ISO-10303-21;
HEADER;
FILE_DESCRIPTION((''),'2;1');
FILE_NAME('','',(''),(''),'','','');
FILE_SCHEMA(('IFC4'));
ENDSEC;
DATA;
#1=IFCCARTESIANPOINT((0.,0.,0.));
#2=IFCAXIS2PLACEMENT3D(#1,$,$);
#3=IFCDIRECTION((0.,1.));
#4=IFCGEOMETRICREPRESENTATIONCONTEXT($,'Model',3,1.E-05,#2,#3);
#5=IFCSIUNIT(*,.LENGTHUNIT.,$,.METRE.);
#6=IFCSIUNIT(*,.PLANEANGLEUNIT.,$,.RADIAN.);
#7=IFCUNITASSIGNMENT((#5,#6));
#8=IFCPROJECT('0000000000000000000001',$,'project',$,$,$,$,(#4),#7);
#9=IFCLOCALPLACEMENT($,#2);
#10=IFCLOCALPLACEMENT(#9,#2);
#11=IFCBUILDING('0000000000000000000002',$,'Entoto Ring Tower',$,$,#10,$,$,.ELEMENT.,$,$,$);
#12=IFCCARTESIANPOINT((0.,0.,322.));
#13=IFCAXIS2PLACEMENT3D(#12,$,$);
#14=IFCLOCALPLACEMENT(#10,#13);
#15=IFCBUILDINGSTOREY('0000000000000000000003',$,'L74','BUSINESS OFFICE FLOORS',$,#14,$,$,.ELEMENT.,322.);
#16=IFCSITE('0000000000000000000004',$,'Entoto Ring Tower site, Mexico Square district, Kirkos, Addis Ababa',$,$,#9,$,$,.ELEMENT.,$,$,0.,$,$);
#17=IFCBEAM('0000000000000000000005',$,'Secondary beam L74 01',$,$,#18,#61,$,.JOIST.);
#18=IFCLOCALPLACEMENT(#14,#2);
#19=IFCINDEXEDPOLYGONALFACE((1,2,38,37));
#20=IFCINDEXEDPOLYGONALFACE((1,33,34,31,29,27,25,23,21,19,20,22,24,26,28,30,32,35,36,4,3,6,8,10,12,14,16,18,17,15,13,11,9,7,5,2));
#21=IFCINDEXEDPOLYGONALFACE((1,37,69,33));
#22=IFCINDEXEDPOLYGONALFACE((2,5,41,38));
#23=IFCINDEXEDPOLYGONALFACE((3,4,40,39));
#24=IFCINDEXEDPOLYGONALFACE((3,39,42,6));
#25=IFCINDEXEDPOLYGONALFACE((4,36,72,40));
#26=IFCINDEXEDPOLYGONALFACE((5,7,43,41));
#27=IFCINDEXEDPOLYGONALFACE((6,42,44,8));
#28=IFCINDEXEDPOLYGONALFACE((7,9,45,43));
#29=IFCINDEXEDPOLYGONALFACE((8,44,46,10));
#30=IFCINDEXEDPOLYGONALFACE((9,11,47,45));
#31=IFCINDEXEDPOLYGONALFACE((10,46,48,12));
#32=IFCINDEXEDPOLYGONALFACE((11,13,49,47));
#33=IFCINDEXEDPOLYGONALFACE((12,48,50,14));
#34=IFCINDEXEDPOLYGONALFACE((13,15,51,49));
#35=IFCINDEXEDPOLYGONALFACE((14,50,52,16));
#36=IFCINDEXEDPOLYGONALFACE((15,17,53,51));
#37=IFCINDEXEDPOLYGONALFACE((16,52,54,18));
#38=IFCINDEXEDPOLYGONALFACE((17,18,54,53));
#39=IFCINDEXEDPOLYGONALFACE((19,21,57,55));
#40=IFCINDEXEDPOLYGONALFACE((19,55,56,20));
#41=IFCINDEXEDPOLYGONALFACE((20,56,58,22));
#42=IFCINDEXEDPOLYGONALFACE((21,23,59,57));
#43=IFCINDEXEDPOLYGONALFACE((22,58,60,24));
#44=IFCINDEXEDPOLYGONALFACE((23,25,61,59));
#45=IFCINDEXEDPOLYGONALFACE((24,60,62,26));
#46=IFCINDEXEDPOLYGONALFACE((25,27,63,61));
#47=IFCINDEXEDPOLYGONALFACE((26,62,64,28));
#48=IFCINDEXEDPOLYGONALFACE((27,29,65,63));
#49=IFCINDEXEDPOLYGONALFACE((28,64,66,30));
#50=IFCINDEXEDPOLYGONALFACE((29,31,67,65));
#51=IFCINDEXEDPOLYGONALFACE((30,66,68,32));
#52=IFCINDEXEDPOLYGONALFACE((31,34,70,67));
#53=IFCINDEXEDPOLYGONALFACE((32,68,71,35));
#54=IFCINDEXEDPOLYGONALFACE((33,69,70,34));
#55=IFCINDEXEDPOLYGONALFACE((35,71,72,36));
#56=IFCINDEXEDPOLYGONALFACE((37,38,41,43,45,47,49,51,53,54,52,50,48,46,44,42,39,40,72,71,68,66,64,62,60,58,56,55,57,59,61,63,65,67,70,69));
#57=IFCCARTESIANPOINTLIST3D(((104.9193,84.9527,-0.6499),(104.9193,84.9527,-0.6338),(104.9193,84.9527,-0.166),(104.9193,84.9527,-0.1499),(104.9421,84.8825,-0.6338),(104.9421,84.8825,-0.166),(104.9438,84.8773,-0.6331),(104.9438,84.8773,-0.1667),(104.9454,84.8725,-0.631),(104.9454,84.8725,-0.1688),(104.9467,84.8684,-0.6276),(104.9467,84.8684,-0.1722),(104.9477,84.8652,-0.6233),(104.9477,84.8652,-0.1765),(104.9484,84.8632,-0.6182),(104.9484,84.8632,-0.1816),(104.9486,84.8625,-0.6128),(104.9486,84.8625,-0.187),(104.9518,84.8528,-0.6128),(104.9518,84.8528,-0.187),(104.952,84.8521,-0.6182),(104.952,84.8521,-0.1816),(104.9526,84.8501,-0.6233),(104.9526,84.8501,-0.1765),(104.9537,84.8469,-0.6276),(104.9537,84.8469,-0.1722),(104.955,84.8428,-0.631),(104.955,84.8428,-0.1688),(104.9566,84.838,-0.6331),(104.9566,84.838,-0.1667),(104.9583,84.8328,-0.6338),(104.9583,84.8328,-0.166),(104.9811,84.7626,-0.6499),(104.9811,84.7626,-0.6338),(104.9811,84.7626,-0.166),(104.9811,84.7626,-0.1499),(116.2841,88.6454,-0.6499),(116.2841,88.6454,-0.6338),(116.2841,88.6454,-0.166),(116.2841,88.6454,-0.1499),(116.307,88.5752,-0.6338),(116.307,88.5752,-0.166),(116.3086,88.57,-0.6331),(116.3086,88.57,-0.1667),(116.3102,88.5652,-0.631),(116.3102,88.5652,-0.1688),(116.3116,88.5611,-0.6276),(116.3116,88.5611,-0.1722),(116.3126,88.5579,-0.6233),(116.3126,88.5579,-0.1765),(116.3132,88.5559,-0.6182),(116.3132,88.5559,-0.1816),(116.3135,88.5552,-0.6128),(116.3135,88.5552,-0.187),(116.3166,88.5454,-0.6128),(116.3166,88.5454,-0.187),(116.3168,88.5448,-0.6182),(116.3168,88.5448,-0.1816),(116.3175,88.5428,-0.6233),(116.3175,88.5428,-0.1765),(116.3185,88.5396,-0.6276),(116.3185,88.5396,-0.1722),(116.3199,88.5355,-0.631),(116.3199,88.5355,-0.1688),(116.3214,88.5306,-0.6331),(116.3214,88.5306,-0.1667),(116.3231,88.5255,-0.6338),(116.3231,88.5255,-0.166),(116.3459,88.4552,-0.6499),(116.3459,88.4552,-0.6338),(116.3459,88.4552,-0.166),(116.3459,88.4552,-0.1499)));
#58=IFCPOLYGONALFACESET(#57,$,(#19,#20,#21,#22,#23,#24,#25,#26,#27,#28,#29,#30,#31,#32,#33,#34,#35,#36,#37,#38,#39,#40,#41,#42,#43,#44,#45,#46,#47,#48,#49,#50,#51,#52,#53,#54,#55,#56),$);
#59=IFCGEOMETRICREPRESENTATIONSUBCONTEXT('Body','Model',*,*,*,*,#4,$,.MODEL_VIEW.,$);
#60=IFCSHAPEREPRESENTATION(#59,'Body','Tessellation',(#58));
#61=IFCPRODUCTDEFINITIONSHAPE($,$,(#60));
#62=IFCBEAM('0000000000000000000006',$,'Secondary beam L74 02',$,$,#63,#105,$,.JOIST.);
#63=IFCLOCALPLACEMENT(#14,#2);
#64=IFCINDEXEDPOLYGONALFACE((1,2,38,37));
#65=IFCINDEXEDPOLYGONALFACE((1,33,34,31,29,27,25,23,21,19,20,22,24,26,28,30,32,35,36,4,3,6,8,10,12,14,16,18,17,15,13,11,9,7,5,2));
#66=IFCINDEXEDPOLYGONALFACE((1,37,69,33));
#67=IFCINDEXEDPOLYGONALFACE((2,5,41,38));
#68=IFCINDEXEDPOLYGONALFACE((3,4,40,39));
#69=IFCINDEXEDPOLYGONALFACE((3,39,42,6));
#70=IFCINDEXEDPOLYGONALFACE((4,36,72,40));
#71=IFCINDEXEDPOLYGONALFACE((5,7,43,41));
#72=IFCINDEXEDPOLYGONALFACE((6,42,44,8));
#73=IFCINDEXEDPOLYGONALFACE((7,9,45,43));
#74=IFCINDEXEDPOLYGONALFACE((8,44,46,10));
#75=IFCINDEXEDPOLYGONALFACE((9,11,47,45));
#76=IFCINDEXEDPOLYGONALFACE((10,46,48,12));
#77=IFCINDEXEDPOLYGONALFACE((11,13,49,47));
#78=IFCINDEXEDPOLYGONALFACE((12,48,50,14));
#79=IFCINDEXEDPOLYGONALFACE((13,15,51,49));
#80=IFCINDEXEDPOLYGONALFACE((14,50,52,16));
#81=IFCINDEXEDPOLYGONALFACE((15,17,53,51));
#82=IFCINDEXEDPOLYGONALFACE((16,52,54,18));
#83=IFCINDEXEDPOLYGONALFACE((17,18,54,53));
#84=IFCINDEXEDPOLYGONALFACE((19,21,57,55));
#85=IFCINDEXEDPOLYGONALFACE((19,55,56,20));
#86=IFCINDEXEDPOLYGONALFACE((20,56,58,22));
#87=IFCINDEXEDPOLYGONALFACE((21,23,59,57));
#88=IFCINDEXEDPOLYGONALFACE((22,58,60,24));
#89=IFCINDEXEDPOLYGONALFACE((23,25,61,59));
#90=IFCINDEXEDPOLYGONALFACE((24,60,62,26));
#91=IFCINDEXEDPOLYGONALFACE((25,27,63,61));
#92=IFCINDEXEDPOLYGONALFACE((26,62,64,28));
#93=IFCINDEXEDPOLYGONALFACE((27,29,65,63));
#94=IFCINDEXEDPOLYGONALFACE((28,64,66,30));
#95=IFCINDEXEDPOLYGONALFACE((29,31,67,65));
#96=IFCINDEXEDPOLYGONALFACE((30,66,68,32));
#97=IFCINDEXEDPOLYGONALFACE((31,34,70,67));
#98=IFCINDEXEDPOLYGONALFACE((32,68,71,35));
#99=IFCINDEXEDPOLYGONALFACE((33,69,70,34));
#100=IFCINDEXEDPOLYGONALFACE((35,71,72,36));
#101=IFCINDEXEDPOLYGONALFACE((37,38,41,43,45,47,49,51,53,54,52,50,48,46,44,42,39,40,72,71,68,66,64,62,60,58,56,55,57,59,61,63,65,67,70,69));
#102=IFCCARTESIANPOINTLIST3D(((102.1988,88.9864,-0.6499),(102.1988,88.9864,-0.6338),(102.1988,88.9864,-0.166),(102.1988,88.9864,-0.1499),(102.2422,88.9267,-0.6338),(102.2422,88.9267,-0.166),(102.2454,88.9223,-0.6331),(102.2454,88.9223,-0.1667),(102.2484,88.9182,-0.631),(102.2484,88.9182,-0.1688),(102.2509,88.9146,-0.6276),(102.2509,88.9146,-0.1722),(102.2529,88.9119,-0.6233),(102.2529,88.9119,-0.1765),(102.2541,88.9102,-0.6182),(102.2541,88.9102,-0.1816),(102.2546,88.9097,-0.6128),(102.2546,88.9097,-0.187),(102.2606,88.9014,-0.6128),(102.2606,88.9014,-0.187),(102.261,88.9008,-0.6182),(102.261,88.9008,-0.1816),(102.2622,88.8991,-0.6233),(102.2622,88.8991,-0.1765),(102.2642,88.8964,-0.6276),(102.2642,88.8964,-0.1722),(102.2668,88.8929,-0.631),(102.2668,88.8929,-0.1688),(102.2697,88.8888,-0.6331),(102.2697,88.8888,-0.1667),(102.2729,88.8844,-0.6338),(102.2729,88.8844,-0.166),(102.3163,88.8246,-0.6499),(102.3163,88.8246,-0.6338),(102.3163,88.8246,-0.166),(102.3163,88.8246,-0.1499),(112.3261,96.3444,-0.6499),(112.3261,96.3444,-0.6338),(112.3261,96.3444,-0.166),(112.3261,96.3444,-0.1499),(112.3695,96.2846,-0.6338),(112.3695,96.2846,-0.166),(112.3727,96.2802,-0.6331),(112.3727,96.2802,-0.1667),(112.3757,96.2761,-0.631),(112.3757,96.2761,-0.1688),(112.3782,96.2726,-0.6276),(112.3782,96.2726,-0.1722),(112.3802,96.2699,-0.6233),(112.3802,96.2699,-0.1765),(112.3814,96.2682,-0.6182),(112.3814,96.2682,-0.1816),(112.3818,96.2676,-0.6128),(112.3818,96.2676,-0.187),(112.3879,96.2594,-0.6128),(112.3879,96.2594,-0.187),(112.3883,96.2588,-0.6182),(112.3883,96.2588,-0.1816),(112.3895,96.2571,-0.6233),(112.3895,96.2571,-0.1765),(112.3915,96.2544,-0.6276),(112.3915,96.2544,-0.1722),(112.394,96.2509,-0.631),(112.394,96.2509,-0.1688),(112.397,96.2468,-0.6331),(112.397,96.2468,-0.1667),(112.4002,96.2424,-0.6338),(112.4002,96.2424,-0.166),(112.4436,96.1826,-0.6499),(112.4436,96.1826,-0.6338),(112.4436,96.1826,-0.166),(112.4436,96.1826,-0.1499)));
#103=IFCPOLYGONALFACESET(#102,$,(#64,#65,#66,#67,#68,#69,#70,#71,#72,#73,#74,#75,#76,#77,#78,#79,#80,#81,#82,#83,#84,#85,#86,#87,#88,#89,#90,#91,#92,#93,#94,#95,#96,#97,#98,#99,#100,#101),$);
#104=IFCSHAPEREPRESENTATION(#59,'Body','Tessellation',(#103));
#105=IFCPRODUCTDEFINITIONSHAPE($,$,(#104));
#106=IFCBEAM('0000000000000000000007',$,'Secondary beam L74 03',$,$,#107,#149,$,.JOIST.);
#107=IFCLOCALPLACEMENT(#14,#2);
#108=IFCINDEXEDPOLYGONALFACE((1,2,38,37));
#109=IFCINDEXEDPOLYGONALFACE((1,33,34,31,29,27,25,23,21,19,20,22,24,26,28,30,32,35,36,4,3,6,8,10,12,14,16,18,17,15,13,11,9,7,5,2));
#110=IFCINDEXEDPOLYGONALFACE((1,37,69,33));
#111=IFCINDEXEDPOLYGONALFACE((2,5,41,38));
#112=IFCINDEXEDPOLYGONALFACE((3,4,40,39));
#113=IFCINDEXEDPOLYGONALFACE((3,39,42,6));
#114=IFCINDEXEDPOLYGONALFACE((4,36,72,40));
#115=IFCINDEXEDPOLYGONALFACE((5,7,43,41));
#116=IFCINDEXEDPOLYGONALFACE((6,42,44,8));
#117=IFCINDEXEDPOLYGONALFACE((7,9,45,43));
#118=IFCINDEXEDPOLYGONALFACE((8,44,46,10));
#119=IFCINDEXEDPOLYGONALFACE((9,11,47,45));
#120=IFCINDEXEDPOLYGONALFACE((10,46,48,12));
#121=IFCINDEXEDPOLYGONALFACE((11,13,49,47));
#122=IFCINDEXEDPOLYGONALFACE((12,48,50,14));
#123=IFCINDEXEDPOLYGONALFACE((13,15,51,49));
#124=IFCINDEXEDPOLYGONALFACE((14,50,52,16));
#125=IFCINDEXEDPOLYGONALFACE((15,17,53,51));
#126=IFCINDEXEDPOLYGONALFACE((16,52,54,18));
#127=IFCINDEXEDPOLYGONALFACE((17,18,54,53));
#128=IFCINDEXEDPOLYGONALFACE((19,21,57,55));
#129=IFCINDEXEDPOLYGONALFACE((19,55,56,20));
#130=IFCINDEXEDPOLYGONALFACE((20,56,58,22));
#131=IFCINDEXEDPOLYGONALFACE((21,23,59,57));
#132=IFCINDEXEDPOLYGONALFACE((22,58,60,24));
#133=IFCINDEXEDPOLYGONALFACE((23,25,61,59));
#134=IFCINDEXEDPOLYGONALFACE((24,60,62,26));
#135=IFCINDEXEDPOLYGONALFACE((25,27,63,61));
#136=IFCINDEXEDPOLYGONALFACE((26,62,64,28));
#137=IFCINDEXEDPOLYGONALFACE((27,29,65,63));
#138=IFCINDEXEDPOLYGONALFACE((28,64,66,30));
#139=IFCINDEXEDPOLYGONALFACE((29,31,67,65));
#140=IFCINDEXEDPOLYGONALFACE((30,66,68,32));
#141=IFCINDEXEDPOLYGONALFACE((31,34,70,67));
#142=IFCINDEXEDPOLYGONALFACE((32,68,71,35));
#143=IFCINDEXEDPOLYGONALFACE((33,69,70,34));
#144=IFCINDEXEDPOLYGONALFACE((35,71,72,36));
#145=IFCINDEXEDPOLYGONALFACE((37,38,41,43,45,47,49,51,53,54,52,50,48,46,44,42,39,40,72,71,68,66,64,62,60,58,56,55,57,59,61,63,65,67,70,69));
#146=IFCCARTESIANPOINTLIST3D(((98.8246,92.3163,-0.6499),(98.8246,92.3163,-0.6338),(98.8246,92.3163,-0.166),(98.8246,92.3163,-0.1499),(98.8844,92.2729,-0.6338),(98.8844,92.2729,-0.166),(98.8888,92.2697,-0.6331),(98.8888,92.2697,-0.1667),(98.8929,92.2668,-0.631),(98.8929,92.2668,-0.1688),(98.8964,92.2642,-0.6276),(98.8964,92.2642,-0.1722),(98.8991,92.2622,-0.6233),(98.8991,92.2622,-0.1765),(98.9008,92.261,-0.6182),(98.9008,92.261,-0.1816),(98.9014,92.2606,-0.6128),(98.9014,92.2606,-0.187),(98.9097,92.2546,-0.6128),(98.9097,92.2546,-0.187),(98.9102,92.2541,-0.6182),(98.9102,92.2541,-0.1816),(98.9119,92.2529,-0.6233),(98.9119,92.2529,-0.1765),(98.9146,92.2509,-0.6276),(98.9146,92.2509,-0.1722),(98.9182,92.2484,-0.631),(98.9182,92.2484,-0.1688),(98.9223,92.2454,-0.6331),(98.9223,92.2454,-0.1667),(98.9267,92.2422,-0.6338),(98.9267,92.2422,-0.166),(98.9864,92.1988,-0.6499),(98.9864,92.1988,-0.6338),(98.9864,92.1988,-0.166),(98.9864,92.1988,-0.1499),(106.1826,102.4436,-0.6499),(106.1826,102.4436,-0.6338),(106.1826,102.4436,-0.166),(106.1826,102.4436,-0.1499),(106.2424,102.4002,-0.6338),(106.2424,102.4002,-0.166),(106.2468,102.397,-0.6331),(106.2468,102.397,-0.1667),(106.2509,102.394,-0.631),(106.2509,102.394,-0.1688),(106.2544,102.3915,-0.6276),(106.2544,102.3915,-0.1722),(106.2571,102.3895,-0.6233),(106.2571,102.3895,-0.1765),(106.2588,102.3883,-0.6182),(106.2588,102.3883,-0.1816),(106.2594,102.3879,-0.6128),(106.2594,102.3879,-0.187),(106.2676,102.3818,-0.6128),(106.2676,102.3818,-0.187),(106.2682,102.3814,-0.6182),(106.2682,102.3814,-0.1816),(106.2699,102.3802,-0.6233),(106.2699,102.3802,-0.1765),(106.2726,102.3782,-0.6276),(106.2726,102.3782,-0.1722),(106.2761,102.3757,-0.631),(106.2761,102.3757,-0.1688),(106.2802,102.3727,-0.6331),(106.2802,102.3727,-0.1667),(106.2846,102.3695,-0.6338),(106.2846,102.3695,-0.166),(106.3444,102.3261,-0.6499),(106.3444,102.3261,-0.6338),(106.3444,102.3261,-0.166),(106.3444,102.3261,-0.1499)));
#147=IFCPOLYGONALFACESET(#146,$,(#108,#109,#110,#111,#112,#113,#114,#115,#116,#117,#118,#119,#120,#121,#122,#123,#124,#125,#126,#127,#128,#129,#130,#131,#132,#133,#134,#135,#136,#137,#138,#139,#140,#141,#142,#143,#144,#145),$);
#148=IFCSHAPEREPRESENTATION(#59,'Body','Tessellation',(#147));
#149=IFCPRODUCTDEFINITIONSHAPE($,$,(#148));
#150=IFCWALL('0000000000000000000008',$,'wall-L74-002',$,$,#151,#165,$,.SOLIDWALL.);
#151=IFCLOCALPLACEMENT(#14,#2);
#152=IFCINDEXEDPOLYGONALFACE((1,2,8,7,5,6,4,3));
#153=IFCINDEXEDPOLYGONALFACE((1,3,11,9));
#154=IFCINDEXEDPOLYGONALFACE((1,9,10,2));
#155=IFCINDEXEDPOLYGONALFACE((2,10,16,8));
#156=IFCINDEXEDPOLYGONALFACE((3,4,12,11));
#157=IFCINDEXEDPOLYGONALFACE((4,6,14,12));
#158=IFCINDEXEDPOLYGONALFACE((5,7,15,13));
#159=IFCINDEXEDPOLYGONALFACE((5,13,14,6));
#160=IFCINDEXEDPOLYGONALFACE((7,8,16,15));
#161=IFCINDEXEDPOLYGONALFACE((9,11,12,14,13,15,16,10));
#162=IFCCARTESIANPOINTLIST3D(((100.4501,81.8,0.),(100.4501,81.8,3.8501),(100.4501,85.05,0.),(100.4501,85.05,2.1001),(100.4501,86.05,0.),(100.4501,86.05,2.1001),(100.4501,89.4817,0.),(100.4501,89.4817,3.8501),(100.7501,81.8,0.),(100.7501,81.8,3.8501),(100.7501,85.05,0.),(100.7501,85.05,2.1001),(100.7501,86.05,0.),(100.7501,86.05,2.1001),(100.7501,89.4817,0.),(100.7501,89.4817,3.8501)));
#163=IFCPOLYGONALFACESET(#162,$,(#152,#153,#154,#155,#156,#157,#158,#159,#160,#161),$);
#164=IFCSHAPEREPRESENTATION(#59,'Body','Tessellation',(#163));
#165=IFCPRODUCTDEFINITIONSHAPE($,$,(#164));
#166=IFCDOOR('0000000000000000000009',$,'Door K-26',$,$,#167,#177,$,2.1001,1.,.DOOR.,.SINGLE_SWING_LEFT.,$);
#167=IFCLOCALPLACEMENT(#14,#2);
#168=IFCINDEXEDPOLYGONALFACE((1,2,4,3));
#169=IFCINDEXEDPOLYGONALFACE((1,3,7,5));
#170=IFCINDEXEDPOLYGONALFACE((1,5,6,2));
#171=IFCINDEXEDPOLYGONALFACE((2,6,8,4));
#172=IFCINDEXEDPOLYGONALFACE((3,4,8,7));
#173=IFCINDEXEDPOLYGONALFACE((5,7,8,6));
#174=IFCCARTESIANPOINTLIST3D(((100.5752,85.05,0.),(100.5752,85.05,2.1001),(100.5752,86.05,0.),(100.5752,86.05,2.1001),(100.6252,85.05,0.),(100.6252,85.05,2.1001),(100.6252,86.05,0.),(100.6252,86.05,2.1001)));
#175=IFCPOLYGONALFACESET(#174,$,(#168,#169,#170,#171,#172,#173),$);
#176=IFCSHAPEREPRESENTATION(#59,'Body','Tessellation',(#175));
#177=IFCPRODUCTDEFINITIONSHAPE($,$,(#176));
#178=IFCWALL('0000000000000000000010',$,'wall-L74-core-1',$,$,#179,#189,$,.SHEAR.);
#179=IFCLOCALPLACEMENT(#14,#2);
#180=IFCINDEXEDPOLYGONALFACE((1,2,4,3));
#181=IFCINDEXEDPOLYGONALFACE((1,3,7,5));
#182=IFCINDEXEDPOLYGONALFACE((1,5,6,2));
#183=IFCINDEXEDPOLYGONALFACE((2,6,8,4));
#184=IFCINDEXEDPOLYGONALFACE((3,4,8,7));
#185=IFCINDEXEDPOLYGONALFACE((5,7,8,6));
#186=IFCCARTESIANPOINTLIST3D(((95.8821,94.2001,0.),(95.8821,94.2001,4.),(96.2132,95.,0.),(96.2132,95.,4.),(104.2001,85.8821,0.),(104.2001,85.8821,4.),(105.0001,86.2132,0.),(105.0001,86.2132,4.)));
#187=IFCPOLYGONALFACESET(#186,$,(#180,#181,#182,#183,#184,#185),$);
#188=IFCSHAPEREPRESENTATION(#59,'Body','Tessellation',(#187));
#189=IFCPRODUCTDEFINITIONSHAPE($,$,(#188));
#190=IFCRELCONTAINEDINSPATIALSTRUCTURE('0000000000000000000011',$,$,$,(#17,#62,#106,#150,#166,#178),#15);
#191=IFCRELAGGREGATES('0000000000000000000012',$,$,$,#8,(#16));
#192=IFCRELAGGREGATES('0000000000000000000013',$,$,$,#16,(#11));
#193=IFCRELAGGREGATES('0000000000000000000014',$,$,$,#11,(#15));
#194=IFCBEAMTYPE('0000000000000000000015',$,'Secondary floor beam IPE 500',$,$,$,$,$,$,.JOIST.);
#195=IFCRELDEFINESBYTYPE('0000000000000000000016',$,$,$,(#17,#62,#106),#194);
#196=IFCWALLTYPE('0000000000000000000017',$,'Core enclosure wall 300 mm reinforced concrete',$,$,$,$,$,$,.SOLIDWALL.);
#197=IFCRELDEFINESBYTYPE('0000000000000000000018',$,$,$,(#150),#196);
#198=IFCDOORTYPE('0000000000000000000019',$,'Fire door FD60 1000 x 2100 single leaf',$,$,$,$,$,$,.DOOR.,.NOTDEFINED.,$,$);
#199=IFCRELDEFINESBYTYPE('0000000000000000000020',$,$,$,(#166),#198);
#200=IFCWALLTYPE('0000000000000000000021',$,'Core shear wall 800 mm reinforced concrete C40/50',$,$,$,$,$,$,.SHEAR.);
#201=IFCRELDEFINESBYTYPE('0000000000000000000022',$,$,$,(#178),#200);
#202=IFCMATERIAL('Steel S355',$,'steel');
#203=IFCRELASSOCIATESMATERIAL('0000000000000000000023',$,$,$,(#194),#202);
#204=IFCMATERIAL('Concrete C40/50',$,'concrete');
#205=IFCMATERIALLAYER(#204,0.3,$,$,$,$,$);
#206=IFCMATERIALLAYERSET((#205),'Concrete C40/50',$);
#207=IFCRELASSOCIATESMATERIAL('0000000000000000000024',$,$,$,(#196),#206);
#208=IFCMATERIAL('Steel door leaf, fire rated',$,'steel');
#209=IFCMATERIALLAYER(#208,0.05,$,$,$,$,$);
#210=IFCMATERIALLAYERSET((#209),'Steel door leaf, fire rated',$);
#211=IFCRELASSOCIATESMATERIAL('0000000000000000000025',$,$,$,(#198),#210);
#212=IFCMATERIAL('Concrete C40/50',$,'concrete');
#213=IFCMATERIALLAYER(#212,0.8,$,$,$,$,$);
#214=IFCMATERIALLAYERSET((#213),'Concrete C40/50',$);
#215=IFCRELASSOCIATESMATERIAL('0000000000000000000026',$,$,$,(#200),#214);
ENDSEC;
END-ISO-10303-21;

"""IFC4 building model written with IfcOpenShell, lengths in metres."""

from ifc_helpers import new_model, si_unit, direction, frame, frame_2d, origin, origin_2d, place, context, subcontext, project, spatial, polyline, rectangle, i_section, outline, extrude, material, layer, layer_set, material_profile, profile_set, type_object, element, fill, save


model = new_model("IFC4")

# Units and contexts
model_context = context("Model", 3, precision=1e-05, world=origin(), true_north=direction((0.0, 1.0)))
body_context = subcontext(model_context, "Body", "Model", "MODEL_VIEW")
ifc_project = project(units=[si_unit("LENGTHUNIT", "METRE"), si_unit("PLANEANGLEUNIT", "RADIAN")], contexts=[model_context])

# Site, building, storey
site_placement = place(None, origin())
site = spatial("IfcSite", under=ifc_project, at=site_placement, Name="Entoto Ring Tower site, Mexico Square district, Kirkos, Addis Ababa", CompositionType="ELEMENT", RefElevation=0.0)
building_placement = place(site_placement, origin())
building = spatial("IfcBuilding", under=site, at=building_placement, Name="Entoto Ring Tower", CompositionType="ELEMENT")
storey_placement = place(building_placement, frame((0.0, 0.0, 322.0)))
storey = spatial("IfcBuildingStorey", under=building, at=storey_placement, Name="L74", Description="BUSINESS OFFICE FLOORS", CompositionType="ELEMENT", Elevation=322.0)

# Beams
ifc_material_1 = material(Name="Steel S355", Category="steel")
ifc_material_profile_1 = material_profile(ifc_material_1, i_section(OverallWidth=0.2, OverallDepth=0.5, WebThickness=0.0103, FlangeThickness=0.0161, FilletRadius=0.021, at=origin_2d()), Name="IPE 500")
ifc_profile_set_1 = profile_set([ifc_material_profile_1], Name="Steel S355")
beam_type_1 = type_object("IfcBeamType", Name="Secondary floor beam IPE 500", PredefinedType="JOIST", material=ifc_profile_set_1)
beam_1_placement = place(storey_placement, frame((104.9502, 84.8577, -0.3999), z_axis=(0.951057, 0.309017, 0.0), x_axis=(-0.309017, 0.951057, 0.0)))
element("IfcBeam", 1, at=beam_1_placement, inside=storey, type_object=beam_type_1, Name="Secondary beam L74 01", PredefinedType="JOIST", context=body_context, shape_type="SweptSolid", body=[
    extrude(i_section(OverallWidth=0.2, OverallDepth=0.5, WebThickness=0.0103, FlangeThickness=0.0161, FilletRadius=0.021, at=origin_2d()), origin(), (0.0, 0.0, 1.0), 11.9497),
])
for number, where, z_axis, x_axis, name in (
    (2, (102.2576, 88.9055, -0.3999), (0.809014, 0.587789, 0.0), (-0.587789, 0.809014, 0.0), "Secondary beam L74 02"),
    (3, (98.9055, 92.2576, -0.3999), (0.587789, 0.809014, 0.0), (-0.809014, 0.587789, 0.0), "Secondary beam L74 03"),
):
    element("IfcBeam", number, at=place(storey_placement, frame(where, z_axis=z_axis, x_axis=x_axis)), inside=storey, type_object=beam_type_1, Name=name, PredefinedType="JOIST", context=body_context, shape_type="SweptSolid", body=[
        extrude(i_section(OverallWidth=0.2, OverallDepth=0.5, WebThickness=0.0103, FlangeThickness=0.0161, FilletRadius=0.021, at=origin_2d()), origin(), (0.0, 0.0, 1.0), 12.5181),
    ])

# Wall, opening, door
ifc_material_2 = material(Name="Concrete C40/50", Category="concrete")
ifc_layer_1 = layer(ifc_material_2, 0.3)
ifc_layer_set_1 = layer_set([ifc_layer_1], Name="Concrete C40/50")
wall_type_1 = type_object("IfcWallType", Name="Core enclosure wall 300 mm reinforced concrete", PredefinedType="SOLIDWALL", material=ifc_layer_set_1)
wall_1_placement = place(storey_placement, frame((100.6001, 81.8, 0.0), z_axis=(0.0, 0.0, 1.0), x_axis=(0.0, 1.0, 0.0)))
wall_1 = element("IfcWall", 4, at=wall_1_placement, inside=storey, type_object=wall_type_1, Name="wall-L74-002", PredefinedType="SOLIDWALL", context=body_context, shape_type="SweptSolid", body=[
    extrude(rectangle(XDim=7.6816, YDim=0.3, at=frame_2d((3.8408, 0.0))), origin(), (0.0, 0.0, 1.0), 3.8501),
])
opening_1_placement = place(wall_1_placement, frame((3.25, 0.0, 0.0)))
opening_1 = element("IfcOpeningElement", 5, at=opening_1_placement, cuts=wall_1, PredefinedType="OPENING", context=body_context, shape_type="SweptSolid", body=[
    extrude(rectangle(XDim=1.0, YDim=2.1001, at=frame_2d((0.5, 1.05))), frame((0.0, 0.1602, 0.0), z_axis=(0.0, -1.0, 0.0), x_axis=(1.0, 0.0, 0.0)), (0.0, 0.0, 1.0), 0.3201),
])
ifc_material_3 = material(Name="Steel door leaf, fire rated", Category="steel")
ifc_layer_2 = layer(ifc_material_3, 0.05)
ifc_layer_set_2 = layer_set([ifc_layer_2], Name="Steel door leaf, fire rated")
door_type_1 = type_object("IfcDoorType", Name="Fire door FD60 1000 x 2100 single leaf", OperationType="NOTDEFINED", PredefinedType="DOOR", material=ifc_layer_set_2)
door_1_placement = place(opening_1_placement, origin())
door_1 = element("IfcDoor", 6, at=door_1_placement, inside=storey, type_object=door_type_1, Name="Door K-26", OperationType="SINGLE_SWING_LEFT", OverallHeight=2.1001, OverallWidth=1.0, PredefinedType="DOOR", context=body_context, shape_type="SweptSolid", body=[
    extrude(rectangle(XDim=1.0, YDim=2.1001, at=frame_2d((0.5, 1.05))), frame((0.0, 0.0249, 0.0), z_axis=(0.0, -1.0, 0.0), x_axis=(1.0, 0.0, 0.0)), (0.0, 0.0, 1.0), 0.05),
])
fill(opening_1, door_1)

# Wall
ifc_material_4 = material(Name="Concrete C40/50", Category="concrete")
ifc_layer_3 = layer(ifc_material_4, 0.8)
ifc_layer_set_3 = layer_set([ifc_layer_3], Name="Concrete C40/50")
wall_type_2 = type_object("IfcWallType", Name="Core shear wall 800 mm reinforced concrete C40/50", PredefinedType="SHEAR", material=ifc_layer_set_3)
wall_2_placement = place(storey_placement, frame((104.6001, 86.0476, 0.0), z_axis=(0.0, 0.0, 1.0), x_axis=(-0.707107, 0.707107, 0.0)))
element("IfcWall", 7, at=wall_2_placement, inside=storey, type_object=wall_type_2, Name="wall-L74-core-1", PredefinedType="SHEAR", context=body_context, shape_type="SweptSolid", body=[
    extrude(outline(polyline([(-0.1658, -0.3999), (12.2607, -0.3999), (11.9292, 0.3999), (0.1658, 0.3999), (-0.1658, -0.3999)])), origin(), (0.0, 0.0, 1.0), 4.0),
])

save(model, "model.ifc")
